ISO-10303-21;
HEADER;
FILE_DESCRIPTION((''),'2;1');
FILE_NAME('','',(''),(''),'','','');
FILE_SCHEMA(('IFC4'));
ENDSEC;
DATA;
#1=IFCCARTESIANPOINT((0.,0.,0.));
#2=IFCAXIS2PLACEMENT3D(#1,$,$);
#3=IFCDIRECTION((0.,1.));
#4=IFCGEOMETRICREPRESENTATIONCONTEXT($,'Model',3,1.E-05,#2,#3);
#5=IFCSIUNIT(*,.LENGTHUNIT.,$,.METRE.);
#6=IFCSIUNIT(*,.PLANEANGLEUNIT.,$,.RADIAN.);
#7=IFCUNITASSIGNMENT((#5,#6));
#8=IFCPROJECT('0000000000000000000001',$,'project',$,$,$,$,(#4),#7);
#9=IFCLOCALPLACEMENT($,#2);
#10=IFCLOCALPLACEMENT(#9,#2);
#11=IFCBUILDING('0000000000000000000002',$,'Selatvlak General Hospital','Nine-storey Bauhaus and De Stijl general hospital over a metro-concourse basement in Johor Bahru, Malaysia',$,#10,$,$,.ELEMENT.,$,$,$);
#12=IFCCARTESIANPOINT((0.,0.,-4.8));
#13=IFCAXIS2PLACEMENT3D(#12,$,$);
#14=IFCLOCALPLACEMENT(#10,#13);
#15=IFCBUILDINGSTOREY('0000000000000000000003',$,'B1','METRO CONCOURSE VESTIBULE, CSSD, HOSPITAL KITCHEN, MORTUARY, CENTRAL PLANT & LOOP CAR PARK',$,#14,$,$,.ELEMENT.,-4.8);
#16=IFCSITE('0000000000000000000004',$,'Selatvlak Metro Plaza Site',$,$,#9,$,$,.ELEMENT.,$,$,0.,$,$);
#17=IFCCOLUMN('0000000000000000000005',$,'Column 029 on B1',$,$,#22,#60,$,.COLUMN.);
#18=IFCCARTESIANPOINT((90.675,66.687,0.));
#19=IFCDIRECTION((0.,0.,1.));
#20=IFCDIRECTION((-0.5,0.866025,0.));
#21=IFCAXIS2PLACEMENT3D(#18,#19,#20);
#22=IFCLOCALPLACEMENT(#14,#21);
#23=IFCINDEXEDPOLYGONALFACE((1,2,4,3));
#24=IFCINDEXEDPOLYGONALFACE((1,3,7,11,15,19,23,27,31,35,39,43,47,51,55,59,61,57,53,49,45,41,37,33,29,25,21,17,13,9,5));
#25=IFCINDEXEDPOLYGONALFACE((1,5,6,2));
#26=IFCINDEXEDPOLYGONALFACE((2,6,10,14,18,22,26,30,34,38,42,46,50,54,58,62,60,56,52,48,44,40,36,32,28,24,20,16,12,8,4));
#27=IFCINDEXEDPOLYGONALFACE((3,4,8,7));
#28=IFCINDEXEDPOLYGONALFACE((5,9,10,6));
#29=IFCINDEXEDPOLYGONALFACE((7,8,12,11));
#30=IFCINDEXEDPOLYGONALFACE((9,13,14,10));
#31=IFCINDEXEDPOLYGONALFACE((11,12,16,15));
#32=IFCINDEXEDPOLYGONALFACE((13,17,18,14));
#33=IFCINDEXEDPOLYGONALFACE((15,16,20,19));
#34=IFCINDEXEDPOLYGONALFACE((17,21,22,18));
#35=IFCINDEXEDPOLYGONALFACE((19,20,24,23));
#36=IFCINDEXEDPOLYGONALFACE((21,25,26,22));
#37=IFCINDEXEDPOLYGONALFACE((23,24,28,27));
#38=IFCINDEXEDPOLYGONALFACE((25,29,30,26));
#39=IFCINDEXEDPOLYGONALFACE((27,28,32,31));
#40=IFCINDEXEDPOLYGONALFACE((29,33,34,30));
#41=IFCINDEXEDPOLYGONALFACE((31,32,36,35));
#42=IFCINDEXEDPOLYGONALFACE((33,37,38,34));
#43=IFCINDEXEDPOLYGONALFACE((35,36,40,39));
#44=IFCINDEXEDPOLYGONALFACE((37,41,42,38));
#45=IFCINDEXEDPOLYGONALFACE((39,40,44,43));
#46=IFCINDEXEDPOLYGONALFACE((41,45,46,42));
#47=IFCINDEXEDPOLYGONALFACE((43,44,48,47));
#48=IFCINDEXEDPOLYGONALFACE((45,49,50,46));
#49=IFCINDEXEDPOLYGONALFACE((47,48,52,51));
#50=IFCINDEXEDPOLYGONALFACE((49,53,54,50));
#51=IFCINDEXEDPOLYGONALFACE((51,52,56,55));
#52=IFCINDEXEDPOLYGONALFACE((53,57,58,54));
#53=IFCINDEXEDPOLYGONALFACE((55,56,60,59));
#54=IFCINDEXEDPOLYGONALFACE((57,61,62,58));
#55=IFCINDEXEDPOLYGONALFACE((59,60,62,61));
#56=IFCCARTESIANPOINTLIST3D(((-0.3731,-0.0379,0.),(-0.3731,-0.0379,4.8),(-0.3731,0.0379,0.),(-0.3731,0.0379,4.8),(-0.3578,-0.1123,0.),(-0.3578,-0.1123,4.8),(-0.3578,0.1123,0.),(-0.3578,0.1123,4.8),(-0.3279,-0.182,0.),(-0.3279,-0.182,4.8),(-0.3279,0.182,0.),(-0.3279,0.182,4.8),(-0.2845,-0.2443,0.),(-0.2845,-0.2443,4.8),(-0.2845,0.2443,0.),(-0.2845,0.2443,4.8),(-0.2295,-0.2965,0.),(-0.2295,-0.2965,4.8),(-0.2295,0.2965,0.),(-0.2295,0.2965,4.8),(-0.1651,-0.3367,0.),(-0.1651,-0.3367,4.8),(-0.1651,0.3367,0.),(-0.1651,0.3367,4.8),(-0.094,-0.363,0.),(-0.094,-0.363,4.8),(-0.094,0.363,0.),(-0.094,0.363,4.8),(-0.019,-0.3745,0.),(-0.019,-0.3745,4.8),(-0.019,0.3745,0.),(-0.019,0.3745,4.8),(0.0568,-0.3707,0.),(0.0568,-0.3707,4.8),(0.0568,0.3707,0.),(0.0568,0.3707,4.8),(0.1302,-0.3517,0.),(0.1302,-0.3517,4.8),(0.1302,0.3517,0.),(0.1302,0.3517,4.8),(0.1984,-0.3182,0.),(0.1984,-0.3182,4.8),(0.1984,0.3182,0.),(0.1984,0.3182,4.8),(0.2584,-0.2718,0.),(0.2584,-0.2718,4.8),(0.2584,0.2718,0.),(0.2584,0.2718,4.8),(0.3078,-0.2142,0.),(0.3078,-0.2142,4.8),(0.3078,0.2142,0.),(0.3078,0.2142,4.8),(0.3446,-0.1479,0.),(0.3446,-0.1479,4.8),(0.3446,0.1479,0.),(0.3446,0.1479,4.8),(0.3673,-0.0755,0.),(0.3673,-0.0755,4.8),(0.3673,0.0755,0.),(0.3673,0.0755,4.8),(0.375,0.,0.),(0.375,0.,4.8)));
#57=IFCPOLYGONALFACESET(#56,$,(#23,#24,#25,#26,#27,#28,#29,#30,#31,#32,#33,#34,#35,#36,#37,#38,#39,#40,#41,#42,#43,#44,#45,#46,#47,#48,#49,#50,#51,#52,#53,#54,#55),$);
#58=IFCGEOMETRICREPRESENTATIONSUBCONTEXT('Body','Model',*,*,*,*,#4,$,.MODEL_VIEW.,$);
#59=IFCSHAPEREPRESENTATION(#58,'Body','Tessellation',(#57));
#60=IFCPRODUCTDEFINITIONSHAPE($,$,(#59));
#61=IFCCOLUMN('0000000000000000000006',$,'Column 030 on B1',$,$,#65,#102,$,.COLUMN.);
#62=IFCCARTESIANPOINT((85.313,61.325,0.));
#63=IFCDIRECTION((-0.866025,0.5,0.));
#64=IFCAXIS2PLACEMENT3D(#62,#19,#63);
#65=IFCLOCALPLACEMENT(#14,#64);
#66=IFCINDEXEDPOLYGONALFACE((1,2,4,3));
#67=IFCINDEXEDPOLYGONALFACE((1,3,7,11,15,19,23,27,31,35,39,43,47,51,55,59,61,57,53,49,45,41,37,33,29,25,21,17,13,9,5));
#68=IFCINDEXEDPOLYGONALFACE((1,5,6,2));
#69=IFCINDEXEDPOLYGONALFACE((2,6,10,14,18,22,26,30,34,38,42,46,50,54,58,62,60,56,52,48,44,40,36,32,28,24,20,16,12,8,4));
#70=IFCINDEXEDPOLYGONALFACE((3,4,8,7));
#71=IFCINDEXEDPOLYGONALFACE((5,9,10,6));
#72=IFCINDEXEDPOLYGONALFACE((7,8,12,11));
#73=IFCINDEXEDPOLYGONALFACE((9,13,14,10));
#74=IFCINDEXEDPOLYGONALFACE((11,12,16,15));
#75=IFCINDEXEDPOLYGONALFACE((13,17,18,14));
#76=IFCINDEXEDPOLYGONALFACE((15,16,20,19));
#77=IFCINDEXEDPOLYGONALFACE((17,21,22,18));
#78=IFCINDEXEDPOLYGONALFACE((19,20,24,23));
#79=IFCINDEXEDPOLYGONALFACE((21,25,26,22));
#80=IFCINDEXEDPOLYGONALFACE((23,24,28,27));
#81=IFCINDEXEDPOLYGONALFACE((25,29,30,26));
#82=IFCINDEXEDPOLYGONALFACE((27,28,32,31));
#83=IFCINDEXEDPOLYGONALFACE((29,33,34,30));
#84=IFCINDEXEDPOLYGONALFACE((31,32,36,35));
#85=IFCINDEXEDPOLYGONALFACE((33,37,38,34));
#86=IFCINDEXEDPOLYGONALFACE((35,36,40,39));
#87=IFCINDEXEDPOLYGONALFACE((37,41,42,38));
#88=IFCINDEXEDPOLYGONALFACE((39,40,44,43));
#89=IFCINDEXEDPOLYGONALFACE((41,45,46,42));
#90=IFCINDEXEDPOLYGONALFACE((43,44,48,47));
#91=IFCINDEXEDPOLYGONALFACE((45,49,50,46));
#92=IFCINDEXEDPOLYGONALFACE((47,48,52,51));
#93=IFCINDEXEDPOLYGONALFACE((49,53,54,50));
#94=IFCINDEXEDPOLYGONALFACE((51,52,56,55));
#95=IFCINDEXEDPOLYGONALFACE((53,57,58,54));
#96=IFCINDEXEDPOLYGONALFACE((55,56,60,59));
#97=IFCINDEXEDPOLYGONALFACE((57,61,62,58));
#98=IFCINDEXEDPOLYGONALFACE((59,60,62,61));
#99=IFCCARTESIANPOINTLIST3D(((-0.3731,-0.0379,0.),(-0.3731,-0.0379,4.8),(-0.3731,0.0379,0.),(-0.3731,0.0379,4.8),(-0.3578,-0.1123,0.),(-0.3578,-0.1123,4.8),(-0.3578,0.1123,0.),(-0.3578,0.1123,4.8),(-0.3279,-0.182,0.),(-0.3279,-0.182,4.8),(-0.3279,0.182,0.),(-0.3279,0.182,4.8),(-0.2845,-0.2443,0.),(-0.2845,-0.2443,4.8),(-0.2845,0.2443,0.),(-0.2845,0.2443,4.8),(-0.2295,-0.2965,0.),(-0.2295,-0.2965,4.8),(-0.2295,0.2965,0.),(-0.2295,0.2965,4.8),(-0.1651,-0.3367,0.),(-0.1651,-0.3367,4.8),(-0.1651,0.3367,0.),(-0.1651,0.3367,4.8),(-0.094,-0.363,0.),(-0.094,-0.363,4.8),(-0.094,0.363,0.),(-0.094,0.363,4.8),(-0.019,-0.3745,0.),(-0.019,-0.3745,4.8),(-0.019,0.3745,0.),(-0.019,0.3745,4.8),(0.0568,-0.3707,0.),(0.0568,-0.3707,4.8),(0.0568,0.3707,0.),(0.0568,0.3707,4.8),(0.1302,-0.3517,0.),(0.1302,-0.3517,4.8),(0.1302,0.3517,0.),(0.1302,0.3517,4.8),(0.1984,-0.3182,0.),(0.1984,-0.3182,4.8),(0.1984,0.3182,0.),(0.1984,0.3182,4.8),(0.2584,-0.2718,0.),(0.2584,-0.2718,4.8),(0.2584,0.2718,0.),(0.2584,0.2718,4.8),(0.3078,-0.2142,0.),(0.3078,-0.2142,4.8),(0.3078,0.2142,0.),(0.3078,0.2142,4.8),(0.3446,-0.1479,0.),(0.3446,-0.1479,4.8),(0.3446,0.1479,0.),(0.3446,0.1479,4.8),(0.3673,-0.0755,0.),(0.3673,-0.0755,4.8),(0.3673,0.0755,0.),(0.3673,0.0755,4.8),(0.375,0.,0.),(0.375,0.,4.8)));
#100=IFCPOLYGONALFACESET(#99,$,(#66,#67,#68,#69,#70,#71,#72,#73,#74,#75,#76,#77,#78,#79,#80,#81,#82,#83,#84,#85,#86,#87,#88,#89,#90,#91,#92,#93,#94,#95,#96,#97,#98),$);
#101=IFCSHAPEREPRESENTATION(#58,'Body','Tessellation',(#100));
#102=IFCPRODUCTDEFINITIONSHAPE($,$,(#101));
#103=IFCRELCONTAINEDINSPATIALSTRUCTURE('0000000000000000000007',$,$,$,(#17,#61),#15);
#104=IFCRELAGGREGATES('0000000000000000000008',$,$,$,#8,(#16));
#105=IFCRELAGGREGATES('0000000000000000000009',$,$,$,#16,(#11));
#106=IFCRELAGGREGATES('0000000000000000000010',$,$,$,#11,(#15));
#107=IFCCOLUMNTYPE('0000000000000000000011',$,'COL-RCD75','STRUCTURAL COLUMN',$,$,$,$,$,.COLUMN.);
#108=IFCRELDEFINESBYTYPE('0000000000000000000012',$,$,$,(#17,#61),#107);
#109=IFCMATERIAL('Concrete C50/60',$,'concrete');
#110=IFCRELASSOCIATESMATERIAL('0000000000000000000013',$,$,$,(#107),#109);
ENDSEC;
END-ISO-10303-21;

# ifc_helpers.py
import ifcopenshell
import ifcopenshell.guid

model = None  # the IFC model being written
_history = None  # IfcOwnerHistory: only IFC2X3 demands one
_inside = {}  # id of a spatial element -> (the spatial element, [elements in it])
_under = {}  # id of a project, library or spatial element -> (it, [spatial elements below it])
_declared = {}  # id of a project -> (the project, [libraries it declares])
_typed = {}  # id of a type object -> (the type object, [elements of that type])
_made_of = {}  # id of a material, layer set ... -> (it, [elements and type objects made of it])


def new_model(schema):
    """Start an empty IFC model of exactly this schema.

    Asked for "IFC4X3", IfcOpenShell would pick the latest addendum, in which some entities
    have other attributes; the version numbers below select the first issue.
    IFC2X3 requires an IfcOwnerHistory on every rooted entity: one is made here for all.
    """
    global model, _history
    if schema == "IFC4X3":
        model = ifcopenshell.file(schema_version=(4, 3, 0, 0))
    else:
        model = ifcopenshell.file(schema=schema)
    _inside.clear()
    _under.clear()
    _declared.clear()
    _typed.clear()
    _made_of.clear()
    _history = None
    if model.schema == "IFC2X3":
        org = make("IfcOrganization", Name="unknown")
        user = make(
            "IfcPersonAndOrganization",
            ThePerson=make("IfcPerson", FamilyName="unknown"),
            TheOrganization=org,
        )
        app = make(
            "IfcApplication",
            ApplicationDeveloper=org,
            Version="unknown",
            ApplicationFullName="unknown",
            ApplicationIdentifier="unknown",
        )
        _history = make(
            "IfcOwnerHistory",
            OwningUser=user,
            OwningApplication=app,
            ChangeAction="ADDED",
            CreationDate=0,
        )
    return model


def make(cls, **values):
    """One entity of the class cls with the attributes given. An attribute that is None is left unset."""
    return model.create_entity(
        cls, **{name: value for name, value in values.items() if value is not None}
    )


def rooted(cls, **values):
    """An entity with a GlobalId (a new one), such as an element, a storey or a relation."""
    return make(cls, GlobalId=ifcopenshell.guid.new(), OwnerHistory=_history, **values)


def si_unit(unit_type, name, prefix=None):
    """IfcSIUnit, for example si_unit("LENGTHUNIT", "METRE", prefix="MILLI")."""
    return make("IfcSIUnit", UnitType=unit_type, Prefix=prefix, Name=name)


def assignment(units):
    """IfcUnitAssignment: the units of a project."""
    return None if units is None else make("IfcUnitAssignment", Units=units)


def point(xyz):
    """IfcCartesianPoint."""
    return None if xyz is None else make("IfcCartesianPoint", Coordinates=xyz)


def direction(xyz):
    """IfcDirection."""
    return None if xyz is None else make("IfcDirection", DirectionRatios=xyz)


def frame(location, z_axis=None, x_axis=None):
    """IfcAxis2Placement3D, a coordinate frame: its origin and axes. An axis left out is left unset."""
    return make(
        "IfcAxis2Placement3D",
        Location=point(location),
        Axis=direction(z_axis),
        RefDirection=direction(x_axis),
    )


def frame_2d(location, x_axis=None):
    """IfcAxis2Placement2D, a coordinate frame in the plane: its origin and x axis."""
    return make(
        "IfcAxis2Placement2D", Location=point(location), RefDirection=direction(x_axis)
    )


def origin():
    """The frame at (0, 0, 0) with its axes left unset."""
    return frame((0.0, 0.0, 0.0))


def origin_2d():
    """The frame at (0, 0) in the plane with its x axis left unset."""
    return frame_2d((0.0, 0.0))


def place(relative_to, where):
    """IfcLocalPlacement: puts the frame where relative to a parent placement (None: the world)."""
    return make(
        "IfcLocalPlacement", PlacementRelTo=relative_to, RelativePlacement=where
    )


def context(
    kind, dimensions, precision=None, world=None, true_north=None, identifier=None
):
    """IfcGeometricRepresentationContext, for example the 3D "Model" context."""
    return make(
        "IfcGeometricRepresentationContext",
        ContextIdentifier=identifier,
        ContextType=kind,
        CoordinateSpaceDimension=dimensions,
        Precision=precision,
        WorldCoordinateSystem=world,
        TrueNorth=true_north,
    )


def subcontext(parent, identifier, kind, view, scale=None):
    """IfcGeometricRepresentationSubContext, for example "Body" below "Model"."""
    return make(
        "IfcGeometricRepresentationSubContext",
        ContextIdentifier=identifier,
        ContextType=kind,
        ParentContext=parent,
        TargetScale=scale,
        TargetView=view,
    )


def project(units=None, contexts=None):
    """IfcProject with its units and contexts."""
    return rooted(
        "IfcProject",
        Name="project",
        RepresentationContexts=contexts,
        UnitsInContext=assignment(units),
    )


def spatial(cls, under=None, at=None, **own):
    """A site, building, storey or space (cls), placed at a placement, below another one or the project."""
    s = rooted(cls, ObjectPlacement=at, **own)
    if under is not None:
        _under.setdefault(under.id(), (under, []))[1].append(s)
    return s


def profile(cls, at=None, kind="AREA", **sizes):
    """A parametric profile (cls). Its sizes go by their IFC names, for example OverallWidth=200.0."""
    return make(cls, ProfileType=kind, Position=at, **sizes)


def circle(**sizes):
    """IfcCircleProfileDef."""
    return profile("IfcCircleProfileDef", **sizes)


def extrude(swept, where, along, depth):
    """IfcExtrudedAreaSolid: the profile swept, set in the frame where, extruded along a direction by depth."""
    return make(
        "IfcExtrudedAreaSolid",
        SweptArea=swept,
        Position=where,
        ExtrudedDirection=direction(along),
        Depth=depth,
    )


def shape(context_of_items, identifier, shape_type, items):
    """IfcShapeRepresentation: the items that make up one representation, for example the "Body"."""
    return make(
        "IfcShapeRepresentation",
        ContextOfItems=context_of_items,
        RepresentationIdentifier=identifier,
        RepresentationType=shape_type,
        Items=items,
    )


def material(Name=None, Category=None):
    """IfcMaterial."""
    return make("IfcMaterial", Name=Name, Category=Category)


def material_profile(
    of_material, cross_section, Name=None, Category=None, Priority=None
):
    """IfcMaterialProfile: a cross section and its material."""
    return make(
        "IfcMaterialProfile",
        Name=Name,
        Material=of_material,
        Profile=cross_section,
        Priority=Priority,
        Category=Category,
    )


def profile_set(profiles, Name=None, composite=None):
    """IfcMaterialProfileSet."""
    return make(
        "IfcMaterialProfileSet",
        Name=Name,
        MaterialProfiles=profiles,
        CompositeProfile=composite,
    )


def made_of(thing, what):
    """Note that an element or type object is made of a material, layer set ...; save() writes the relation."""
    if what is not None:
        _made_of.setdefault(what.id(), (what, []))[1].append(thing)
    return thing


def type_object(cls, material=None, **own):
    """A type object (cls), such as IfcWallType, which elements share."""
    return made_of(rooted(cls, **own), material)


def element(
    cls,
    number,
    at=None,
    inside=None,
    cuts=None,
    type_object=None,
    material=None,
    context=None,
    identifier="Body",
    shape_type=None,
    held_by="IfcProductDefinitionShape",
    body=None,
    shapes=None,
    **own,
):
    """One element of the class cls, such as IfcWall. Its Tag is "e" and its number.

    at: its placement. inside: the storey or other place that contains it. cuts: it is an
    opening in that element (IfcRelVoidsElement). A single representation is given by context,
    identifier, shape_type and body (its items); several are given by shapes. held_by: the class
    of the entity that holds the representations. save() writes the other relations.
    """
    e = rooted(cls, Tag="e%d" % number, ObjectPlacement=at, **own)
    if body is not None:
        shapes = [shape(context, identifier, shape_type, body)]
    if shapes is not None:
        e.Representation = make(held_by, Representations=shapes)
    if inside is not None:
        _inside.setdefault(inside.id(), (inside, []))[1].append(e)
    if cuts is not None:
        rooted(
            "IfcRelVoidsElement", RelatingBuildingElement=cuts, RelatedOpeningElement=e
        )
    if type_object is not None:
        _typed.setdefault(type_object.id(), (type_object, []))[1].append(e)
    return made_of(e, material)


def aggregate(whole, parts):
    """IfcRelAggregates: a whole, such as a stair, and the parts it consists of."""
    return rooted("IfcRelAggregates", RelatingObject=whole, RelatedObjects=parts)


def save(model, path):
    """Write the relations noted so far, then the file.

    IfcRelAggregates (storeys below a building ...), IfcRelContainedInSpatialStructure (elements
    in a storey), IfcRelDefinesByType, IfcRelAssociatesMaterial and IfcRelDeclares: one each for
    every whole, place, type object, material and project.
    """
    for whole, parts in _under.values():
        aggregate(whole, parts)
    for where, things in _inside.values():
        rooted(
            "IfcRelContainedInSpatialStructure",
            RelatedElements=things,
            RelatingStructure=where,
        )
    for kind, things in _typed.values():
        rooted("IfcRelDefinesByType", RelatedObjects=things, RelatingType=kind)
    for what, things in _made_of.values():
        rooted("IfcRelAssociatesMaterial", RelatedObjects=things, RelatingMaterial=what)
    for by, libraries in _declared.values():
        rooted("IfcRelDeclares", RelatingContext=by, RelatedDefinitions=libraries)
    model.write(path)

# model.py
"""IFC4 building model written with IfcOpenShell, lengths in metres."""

from ifc_helpers import new_model, si_unit, direction, frame, origin, origin_2d, place, context, subcontext, project, spatial, circle, extrude, material, material_profile, profile_set, type_object, element, save


model = new_model("IFC4")

# Units and contexts
model_context = context("Model", 3, precision=1e-05, world=origin(), true_north=direction((0.0, 1.0)))
body_context = subcontext(model_context, "Body", "Model", "MODEL_VIEW")
ifc_project = project(units=[si_unit("LENGTHUNIT", "METRE"), si_unit("PLANEANGLEUNIT", "RADIAN")], contexts=[model_context])

# Site, building, storey
site_placement = place(None, origin())
site = spatial("IfcSite", under=ifc_project, at=site_placement, Name="Selatvlak Metro Plaza Site", CompositionType="ELEMENT", RefElevation=0.0)
building_placement = place(site_placement, origin())
building = spatial("IfcBuilding", under=site, at=building_placement, Name="Selatvlak General Hospital", Description="Nine-storey Bauhaus and De Stijl general hospital over a metro-concourse basement in Johor Bahru, Malaysia", CompositionType="ELEMENT")
storey_placement = place(building_placement, frame((0.0, 0.0, -4.8)))
storey = spatial("IfcBuildingStorey", under=building, at=storey_placement, Name="B1", Description="METRO CONCOURSE VESTIBULE, CSSD, HOSPITAL KITCHEN, MORTUARY, CENTRAL PLANT & LOOP CAR PARK", CompositionType="ELEMENT", Elevation=-4.8)

# Columns
ifc_material_1 = material(Name="Concrete C50/60", Category="concrete")
ifc_material_profile_1 = material_profile(ifc_material_1, circle(Radius=0.375, at=origin_2d()), Name="RC-COL D750")
ifc_profile_set_1 = profile_set([ifc_material_profile_1], Name="Concrete C50/60")
column_type_1 = type_object("IfcColumnType", Name="COL-RCD75", Description="STRUCTURAL COLUMN", PredefinedType="COLUMN", material=ifc_profile_set_1)
for number, where, z_axis, x_axis, name in (
    (1, (90.675, 66.687, 0.0), (0.0, 0.0, 1.0), (-0.5, 0.866025, 0.0), "Column 029 on B1"),
    (2, (85.313, 61.325, 0.0), (0.0, 0.0, 1.0), (-0.866025, 0.5, 0.0), "Column 030 on B1"),
):
    element("IfcColumn", number, at=place(storey_placement, frame(where, z_axis=z_axis, x_axis=x_axis)), inside=storey, type_object=column_type_1, Name=name, PredefinedType="COLUMN", context=body_context, shape_type="SweptSolid", body=[
        extrude(circle(Radius=0.375, at=origin_2d()), origin(), (0.0, 0.0, 1.0), 4.8),
    ])

save(model, "model.ifc")
